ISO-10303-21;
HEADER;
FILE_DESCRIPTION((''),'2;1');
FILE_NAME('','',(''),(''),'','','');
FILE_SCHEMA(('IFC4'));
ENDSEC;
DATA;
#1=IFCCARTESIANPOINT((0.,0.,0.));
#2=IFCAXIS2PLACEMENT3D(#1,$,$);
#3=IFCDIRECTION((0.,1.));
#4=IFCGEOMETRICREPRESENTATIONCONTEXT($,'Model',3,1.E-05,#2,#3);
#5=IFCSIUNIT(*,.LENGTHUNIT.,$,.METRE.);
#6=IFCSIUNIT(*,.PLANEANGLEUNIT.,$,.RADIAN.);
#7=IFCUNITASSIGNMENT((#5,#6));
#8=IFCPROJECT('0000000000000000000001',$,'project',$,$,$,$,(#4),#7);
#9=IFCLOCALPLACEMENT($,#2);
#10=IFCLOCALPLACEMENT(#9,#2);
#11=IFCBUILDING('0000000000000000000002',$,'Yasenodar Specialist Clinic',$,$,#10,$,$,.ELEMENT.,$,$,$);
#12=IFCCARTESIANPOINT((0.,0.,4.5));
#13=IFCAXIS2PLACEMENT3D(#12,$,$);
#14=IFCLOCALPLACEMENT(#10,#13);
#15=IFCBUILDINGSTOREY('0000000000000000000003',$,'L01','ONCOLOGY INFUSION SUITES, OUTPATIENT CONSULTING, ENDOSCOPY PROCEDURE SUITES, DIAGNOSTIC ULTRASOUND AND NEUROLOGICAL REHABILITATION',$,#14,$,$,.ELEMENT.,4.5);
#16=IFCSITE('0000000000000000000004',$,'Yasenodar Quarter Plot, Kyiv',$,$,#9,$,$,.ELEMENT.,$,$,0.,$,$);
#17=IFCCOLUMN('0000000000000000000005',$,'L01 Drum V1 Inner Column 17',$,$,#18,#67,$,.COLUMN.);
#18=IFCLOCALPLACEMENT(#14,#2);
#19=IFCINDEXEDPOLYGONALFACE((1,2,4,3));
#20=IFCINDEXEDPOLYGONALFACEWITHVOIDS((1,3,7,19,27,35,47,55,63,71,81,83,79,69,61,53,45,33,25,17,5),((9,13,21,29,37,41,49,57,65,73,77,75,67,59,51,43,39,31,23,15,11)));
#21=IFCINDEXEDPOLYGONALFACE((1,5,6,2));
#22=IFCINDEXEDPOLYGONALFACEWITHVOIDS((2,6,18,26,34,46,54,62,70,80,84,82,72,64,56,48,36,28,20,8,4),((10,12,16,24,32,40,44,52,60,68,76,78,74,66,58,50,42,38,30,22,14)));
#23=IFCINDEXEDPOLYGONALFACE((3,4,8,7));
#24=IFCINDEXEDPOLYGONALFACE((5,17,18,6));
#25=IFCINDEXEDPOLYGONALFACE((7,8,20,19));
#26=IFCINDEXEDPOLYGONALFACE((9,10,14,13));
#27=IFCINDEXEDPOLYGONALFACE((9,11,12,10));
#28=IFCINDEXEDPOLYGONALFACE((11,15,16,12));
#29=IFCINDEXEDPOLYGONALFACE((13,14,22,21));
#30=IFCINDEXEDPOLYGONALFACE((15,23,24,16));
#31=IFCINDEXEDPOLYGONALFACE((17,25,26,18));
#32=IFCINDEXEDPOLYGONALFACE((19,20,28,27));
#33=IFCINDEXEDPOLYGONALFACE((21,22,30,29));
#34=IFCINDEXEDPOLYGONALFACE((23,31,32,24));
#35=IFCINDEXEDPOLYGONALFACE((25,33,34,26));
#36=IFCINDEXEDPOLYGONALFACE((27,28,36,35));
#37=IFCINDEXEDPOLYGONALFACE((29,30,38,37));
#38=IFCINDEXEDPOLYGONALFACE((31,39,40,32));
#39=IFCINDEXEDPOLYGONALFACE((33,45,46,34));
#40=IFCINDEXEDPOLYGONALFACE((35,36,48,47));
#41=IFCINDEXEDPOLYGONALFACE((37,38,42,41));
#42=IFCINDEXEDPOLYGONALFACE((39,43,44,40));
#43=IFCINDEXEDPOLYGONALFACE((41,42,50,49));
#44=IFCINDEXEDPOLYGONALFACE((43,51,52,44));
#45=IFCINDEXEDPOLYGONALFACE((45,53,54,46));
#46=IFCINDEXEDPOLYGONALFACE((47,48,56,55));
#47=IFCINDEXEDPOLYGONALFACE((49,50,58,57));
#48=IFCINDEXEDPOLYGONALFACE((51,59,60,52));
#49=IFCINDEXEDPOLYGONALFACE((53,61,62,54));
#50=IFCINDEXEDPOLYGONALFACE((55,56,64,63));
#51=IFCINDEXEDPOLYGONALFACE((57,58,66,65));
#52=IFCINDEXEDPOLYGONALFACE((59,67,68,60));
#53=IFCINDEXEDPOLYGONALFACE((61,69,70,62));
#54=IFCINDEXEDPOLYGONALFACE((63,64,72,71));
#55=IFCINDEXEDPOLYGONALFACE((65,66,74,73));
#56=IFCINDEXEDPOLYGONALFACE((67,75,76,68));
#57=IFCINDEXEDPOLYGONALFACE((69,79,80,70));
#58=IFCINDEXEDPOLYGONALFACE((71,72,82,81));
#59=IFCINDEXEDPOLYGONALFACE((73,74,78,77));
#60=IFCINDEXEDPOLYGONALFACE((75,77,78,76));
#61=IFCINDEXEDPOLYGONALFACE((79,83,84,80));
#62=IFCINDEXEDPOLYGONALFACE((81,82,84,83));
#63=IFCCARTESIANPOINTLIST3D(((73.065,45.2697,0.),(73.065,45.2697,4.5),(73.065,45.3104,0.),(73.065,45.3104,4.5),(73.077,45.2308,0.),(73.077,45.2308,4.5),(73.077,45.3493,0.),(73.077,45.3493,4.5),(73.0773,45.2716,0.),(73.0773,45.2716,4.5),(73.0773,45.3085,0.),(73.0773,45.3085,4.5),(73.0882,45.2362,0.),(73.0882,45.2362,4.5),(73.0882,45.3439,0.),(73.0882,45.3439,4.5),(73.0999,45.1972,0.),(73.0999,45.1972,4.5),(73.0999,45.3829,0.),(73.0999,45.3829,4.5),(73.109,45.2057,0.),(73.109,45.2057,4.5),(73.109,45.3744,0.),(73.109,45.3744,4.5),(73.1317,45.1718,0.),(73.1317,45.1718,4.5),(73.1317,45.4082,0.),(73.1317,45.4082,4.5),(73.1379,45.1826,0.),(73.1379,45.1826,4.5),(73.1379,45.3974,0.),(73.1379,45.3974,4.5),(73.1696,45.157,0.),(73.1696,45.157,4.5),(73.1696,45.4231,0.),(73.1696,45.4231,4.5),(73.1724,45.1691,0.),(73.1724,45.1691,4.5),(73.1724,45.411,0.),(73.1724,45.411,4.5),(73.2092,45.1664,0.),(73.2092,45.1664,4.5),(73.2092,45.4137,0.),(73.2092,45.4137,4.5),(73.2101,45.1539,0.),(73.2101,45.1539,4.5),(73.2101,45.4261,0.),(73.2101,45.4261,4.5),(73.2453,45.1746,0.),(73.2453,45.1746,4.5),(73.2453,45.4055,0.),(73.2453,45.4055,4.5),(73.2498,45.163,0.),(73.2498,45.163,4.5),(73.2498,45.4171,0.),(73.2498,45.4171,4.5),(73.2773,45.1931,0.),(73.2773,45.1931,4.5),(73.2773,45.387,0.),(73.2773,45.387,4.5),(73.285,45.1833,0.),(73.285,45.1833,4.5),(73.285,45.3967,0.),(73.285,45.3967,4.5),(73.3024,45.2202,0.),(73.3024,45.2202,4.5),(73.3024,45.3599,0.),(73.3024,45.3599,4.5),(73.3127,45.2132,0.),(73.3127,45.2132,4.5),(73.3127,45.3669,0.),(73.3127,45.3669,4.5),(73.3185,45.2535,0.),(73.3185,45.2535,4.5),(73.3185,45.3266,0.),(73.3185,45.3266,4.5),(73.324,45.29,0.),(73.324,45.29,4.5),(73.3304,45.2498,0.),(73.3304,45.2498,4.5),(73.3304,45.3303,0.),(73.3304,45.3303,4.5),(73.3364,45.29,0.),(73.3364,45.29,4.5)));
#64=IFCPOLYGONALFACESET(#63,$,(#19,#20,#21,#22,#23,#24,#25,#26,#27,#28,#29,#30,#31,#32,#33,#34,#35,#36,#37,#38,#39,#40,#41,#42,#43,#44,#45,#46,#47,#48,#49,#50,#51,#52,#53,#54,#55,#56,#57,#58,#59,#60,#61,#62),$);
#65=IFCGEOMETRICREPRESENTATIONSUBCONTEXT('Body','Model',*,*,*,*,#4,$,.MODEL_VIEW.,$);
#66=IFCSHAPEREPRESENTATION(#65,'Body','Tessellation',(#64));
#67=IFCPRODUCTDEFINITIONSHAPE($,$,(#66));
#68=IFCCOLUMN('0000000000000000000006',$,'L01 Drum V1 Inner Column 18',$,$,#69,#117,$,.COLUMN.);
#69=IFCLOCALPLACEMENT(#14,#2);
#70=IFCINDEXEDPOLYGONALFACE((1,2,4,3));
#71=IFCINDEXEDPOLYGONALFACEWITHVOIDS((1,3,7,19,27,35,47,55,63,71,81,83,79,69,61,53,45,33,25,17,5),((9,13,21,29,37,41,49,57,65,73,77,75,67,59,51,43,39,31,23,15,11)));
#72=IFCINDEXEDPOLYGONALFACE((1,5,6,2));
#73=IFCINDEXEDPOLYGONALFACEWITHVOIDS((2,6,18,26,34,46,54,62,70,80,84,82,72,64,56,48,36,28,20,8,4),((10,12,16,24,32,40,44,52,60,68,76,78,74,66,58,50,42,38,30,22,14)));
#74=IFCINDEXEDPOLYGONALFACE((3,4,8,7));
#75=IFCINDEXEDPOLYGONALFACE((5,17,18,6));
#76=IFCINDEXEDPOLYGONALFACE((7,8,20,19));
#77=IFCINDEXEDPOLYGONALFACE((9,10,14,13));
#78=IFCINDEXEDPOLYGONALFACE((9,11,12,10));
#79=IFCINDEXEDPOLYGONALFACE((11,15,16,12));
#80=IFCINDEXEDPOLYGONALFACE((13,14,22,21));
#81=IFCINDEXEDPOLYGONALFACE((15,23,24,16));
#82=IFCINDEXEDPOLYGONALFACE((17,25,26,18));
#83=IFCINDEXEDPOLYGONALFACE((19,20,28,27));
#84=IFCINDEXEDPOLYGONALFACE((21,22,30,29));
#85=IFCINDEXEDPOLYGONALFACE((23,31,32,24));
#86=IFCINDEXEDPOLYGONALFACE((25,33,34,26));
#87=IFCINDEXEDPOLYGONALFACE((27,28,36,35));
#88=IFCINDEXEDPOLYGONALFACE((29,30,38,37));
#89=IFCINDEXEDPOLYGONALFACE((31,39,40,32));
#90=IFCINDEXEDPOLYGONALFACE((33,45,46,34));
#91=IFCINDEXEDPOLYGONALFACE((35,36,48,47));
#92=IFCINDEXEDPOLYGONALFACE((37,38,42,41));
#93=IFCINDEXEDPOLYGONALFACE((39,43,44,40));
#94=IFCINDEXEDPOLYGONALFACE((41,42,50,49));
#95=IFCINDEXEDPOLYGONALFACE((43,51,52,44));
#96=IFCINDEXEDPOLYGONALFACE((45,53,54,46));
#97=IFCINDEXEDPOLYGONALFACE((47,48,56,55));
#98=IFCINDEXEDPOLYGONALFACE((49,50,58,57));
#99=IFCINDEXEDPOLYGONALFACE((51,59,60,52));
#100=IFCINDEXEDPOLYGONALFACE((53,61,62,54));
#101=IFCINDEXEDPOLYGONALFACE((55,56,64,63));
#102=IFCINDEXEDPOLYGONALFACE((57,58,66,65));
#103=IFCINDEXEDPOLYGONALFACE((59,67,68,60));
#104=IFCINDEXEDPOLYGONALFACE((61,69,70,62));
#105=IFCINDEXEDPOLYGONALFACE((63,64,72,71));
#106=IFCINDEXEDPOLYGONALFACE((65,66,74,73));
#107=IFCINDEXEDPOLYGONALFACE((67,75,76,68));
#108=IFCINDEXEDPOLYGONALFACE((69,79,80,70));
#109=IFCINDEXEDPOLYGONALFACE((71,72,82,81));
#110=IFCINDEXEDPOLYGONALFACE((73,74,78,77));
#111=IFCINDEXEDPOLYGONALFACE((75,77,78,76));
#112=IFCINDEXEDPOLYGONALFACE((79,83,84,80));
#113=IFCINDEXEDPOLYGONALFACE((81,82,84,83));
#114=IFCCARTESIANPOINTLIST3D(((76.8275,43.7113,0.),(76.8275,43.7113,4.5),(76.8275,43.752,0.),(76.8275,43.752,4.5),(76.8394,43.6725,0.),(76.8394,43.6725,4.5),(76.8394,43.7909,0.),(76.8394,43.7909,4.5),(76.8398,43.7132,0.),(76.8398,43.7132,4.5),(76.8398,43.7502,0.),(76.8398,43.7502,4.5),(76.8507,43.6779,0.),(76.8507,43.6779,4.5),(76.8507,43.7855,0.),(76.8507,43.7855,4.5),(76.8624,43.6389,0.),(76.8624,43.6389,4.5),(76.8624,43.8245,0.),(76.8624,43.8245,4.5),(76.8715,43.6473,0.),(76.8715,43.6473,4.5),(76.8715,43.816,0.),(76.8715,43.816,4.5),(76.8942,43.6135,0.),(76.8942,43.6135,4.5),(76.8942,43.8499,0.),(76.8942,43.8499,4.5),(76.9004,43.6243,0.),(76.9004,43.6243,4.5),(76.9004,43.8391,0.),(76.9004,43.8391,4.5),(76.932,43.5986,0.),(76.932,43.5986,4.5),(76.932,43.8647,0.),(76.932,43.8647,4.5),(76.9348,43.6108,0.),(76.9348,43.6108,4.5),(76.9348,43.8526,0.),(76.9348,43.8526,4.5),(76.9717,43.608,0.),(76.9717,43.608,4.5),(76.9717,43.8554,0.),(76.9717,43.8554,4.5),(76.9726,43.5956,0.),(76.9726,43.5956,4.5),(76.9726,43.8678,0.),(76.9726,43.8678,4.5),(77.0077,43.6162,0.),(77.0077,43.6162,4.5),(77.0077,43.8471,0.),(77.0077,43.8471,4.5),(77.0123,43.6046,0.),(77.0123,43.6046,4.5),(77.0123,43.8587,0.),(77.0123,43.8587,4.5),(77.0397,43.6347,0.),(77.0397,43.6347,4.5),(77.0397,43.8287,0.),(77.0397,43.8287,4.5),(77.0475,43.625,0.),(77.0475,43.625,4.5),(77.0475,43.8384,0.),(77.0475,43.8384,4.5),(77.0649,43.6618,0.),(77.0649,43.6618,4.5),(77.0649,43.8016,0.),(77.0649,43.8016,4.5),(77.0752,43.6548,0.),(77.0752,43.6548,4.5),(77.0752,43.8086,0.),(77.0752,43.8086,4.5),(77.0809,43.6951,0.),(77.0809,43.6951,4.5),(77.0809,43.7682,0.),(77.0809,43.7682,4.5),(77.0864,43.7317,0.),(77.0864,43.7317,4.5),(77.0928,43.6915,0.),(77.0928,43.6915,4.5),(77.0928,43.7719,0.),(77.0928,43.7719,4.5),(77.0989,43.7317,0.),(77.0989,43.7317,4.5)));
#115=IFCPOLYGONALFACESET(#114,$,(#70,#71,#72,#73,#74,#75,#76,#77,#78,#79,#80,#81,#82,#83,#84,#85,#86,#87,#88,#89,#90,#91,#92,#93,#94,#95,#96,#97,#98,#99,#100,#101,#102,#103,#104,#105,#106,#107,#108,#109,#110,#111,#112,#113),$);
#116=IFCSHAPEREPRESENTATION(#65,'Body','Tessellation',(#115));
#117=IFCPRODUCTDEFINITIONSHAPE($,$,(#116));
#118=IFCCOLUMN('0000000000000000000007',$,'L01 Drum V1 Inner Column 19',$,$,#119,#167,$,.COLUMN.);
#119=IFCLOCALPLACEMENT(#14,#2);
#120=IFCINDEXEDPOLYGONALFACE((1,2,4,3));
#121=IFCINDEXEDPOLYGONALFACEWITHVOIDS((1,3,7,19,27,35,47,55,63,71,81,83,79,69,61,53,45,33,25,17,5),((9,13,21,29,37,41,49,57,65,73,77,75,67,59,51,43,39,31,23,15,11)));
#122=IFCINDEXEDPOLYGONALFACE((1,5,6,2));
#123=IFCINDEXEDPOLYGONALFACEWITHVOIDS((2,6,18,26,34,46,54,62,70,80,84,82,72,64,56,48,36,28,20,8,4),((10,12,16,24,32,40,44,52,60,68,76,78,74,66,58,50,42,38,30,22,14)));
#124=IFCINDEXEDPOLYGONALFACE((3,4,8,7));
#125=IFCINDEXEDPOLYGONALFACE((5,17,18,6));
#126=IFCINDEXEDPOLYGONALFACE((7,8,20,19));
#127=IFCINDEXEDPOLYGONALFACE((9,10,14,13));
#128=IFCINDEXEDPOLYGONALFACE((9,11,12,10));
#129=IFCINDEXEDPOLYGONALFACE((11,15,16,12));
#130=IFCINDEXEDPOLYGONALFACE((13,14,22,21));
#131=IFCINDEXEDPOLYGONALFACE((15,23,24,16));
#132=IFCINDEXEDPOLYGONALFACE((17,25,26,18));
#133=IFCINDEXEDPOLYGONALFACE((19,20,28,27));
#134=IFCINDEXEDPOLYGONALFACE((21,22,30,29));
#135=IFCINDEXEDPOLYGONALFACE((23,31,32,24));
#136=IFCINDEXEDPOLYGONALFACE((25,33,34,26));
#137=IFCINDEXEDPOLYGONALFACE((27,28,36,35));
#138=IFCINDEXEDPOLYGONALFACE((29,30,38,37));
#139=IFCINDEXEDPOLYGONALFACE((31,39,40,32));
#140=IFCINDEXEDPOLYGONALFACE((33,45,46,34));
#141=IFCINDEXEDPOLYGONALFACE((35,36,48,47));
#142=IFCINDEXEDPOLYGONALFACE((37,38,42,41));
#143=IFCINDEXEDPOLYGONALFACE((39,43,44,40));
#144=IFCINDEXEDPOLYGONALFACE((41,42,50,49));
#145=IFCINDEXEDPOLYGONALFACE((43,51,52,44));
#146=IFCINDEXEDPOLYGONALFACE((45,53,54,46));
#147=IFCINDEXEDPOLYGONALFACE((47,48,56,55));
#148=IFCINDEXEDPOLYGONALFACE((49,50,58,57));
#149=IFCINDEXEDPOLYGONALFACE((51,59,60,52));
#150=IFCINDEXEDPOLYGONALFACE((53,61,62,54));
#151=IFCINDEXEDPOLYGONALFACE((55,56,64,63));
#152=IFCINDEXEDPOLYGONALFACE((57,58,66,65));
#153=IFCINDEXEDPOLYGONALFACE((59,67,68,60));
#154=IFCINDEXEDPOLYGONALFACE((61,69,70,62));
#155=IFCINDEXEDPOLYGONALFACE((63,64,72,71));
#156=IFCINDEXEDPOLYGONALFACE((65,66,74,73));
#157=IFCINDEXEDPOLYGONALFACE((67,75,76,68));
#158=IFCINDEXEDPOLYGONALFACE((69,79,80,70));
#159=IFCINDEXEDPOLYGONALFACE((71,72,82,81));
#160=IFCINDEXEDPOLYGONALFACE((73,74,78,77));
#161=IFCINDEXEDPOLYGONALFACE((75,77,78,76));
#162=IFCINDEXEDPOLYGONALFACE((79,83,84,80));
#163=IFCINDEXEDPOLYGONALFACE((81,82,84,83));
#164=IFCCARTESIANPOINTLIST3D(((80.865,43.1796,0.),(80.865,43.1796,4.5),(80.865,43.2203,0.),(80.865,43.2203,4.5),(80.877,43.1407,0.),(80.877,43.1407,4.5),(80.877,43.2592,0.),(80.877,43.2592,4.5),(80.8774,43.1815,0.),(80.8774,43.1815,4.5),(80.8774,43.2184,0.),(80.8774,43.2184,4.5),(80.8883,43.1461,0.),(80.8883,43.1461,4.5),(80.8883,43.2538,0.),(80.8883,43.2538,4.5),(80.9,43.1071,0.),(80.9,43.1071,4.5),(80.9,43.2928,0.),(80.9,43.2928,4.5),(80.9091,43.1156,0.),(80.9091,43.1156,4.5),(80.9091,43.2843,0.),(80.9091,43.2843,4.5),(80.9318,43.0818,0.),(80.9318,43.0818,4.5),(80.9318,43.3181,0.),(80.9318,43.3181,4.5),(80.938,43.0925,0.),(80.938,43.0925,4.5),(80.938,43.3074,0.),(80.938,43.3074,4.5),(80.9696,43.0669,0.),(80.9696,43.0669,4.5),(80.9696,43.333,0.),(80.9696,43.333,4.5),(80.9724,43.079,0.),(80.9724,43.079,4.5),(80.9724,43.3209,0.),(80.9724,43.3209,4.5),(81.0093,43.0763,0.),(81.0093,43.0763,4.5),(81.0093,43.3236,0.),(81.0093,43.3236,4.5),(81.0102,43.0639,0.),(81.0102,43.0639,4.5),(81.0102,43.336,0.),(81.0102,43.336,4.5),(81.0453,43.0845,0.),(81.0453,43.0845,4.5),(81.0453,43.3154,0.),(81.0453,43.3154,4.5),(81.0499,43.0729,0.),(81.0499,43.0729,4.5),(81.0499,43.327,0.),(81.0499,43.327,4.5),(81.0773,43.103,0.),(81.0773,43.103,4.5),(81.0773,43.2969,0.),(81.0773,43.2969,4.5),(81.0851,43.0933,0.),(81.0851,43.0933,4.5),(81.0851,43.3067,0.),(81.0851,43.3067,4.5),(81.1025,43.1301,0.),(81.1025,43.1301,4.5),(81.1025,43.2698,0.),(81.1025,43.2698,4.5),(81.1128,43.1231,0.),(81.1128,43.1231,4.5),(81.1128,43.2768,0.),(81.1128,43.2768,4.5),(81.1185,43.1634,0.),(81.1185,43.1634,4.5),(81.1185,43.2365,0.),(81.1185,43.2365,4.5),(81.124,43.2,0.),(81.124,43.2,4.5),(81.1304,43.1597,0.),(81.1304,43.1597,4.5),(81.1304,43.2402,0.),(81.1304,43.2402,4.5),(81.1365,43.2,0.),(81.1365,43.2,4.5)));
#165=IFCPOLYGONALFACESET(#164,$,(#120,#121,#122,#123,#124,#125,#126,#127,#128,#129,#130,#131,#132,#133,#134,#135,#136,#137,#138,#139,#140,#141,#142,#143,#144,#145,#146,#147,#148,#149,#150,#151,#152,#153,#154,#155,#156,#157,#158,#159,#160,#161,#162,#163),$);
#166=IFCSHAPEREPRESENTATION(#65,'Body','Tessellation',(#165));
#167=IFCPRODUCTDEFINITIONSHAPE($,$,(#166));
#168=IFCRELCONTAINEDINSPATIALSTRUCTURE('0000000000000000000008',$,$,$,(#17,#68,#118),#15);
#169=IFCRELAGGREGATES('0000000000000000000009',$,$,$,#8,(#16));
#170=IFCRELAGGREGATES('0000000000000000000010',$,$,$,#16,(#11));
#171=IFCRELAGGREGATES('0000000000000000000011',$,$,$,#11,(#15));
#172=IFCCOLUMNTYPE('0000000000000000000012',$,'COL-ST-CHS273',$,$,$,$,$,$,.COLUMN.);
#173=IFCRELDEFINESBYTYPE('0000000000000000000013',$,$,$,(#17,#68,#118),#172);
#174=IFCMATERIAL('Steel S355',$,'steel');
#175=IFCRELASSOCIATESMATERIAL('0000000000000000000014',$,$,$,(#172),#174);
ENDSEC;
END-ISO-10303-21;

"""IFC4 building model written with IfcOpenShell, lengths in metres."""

from ifc_helpers import new_model, si_unit, direction, frame, origin, origin_2d, place, context, subcontext, project, spatial, hollow_circle, extrude, material, material_profile, profile_set, type_object, element, save


model = new_model("IFC4")

# Units and contexts
model_context = context("Model", 3, precision=1e-05, world=origin(), true_north=direction((0.0, 1.0)))
body_context = subcontext(model_context, "Body", "Model", "MODEL_VIEW")
ifc_project = project(units=[si_unit("LENGTHUNIT", "METRE"), si_unit("PLANEANGLEUNIT", "RADIAN")], contexts=[model_context])

# Site, building, storey
site_placement = place(None, origin())
site = spatial("IfcSite", under=ifc_project, at=site_placement, Name="Yasenodar Quarter Plot, Kyiv", CompositionType="ELEMENT", RefElevation=0.0)
building_placement = place(site_placement, origin())
building = spatial("IfcBuilding", under=site, at=building_placement, Name="Yasenodar Specialist Clinic", CompositionType="ELEMENT")
storey_placement = place(building_placement, frame((0.0, 0.0, 4.5)))
storey = spatial("IfcBuildingStorey", under=building, at=storey_placement, Name="L01", Description="ONCOLOGY INFUSION SUITES, OUTPATIENT CONSULTING, ENDOSCOPY PROCEDURE SUITES, DIAGNOSTIC ULTRASOUND AND NEUROLOGICAL REHABILITATION", CompositionType="ELEMENT", Elevation=4.5)

# Columns
ifc_material_1 = material(Name="Steel S355", Category="steel")
ifc_material_profile_1 = material_profile(ifc_material_1, hollow_circle(Radius=0.1365, WallThickness=0.0125, at=origin_2d()), Name="CHS 273x12.5")
ifc_profile_set_1 = profile_set([ifc_material_profile_1], Name="Steel S355")
column_type = type_object("IfcColumnType", Name="COL-ST-CHS273", PredefinedType="COLUMN", material=ifc_profile_set_1)
for number, where, z_axis, x_axis, name in (
    (1, (73.2, 45.29, 0.0), (0.0, 0.0, 1.0), (1.0, 0.0, 0.0), "L01 Drum V1 Inner Column 17"),
    (2, (76.9624, 43.7317, 0.0), (0.0, 0.0, 1.0), (1.0, 0.0, 0.0), "L01 Drum V1 Inner Column 18"),
    (3, (81.0, 43.2, 0.0), (0.0, 0.0, 1.0), (1.0, 0.0, 0.0), "L01 Drum V1 Inner Column 19"),
):
    element("IfcColumn", number, at=place(storey_placement, frame(where, z_axis=z_axis, x_axis=x_axis)), inside=storey, type_object=column_type, Name=name, PredefinedType="COLUMN", context=body_context, shape_type="SweptSolid", body=[
        extrude(hollow_circle(Radius=0.1365, WallThickness=0.0125, at=origin_2d()), origin(), (0.0, 0.0, 1.0), 4.5),
    ])

save(model, "model.ifc")
